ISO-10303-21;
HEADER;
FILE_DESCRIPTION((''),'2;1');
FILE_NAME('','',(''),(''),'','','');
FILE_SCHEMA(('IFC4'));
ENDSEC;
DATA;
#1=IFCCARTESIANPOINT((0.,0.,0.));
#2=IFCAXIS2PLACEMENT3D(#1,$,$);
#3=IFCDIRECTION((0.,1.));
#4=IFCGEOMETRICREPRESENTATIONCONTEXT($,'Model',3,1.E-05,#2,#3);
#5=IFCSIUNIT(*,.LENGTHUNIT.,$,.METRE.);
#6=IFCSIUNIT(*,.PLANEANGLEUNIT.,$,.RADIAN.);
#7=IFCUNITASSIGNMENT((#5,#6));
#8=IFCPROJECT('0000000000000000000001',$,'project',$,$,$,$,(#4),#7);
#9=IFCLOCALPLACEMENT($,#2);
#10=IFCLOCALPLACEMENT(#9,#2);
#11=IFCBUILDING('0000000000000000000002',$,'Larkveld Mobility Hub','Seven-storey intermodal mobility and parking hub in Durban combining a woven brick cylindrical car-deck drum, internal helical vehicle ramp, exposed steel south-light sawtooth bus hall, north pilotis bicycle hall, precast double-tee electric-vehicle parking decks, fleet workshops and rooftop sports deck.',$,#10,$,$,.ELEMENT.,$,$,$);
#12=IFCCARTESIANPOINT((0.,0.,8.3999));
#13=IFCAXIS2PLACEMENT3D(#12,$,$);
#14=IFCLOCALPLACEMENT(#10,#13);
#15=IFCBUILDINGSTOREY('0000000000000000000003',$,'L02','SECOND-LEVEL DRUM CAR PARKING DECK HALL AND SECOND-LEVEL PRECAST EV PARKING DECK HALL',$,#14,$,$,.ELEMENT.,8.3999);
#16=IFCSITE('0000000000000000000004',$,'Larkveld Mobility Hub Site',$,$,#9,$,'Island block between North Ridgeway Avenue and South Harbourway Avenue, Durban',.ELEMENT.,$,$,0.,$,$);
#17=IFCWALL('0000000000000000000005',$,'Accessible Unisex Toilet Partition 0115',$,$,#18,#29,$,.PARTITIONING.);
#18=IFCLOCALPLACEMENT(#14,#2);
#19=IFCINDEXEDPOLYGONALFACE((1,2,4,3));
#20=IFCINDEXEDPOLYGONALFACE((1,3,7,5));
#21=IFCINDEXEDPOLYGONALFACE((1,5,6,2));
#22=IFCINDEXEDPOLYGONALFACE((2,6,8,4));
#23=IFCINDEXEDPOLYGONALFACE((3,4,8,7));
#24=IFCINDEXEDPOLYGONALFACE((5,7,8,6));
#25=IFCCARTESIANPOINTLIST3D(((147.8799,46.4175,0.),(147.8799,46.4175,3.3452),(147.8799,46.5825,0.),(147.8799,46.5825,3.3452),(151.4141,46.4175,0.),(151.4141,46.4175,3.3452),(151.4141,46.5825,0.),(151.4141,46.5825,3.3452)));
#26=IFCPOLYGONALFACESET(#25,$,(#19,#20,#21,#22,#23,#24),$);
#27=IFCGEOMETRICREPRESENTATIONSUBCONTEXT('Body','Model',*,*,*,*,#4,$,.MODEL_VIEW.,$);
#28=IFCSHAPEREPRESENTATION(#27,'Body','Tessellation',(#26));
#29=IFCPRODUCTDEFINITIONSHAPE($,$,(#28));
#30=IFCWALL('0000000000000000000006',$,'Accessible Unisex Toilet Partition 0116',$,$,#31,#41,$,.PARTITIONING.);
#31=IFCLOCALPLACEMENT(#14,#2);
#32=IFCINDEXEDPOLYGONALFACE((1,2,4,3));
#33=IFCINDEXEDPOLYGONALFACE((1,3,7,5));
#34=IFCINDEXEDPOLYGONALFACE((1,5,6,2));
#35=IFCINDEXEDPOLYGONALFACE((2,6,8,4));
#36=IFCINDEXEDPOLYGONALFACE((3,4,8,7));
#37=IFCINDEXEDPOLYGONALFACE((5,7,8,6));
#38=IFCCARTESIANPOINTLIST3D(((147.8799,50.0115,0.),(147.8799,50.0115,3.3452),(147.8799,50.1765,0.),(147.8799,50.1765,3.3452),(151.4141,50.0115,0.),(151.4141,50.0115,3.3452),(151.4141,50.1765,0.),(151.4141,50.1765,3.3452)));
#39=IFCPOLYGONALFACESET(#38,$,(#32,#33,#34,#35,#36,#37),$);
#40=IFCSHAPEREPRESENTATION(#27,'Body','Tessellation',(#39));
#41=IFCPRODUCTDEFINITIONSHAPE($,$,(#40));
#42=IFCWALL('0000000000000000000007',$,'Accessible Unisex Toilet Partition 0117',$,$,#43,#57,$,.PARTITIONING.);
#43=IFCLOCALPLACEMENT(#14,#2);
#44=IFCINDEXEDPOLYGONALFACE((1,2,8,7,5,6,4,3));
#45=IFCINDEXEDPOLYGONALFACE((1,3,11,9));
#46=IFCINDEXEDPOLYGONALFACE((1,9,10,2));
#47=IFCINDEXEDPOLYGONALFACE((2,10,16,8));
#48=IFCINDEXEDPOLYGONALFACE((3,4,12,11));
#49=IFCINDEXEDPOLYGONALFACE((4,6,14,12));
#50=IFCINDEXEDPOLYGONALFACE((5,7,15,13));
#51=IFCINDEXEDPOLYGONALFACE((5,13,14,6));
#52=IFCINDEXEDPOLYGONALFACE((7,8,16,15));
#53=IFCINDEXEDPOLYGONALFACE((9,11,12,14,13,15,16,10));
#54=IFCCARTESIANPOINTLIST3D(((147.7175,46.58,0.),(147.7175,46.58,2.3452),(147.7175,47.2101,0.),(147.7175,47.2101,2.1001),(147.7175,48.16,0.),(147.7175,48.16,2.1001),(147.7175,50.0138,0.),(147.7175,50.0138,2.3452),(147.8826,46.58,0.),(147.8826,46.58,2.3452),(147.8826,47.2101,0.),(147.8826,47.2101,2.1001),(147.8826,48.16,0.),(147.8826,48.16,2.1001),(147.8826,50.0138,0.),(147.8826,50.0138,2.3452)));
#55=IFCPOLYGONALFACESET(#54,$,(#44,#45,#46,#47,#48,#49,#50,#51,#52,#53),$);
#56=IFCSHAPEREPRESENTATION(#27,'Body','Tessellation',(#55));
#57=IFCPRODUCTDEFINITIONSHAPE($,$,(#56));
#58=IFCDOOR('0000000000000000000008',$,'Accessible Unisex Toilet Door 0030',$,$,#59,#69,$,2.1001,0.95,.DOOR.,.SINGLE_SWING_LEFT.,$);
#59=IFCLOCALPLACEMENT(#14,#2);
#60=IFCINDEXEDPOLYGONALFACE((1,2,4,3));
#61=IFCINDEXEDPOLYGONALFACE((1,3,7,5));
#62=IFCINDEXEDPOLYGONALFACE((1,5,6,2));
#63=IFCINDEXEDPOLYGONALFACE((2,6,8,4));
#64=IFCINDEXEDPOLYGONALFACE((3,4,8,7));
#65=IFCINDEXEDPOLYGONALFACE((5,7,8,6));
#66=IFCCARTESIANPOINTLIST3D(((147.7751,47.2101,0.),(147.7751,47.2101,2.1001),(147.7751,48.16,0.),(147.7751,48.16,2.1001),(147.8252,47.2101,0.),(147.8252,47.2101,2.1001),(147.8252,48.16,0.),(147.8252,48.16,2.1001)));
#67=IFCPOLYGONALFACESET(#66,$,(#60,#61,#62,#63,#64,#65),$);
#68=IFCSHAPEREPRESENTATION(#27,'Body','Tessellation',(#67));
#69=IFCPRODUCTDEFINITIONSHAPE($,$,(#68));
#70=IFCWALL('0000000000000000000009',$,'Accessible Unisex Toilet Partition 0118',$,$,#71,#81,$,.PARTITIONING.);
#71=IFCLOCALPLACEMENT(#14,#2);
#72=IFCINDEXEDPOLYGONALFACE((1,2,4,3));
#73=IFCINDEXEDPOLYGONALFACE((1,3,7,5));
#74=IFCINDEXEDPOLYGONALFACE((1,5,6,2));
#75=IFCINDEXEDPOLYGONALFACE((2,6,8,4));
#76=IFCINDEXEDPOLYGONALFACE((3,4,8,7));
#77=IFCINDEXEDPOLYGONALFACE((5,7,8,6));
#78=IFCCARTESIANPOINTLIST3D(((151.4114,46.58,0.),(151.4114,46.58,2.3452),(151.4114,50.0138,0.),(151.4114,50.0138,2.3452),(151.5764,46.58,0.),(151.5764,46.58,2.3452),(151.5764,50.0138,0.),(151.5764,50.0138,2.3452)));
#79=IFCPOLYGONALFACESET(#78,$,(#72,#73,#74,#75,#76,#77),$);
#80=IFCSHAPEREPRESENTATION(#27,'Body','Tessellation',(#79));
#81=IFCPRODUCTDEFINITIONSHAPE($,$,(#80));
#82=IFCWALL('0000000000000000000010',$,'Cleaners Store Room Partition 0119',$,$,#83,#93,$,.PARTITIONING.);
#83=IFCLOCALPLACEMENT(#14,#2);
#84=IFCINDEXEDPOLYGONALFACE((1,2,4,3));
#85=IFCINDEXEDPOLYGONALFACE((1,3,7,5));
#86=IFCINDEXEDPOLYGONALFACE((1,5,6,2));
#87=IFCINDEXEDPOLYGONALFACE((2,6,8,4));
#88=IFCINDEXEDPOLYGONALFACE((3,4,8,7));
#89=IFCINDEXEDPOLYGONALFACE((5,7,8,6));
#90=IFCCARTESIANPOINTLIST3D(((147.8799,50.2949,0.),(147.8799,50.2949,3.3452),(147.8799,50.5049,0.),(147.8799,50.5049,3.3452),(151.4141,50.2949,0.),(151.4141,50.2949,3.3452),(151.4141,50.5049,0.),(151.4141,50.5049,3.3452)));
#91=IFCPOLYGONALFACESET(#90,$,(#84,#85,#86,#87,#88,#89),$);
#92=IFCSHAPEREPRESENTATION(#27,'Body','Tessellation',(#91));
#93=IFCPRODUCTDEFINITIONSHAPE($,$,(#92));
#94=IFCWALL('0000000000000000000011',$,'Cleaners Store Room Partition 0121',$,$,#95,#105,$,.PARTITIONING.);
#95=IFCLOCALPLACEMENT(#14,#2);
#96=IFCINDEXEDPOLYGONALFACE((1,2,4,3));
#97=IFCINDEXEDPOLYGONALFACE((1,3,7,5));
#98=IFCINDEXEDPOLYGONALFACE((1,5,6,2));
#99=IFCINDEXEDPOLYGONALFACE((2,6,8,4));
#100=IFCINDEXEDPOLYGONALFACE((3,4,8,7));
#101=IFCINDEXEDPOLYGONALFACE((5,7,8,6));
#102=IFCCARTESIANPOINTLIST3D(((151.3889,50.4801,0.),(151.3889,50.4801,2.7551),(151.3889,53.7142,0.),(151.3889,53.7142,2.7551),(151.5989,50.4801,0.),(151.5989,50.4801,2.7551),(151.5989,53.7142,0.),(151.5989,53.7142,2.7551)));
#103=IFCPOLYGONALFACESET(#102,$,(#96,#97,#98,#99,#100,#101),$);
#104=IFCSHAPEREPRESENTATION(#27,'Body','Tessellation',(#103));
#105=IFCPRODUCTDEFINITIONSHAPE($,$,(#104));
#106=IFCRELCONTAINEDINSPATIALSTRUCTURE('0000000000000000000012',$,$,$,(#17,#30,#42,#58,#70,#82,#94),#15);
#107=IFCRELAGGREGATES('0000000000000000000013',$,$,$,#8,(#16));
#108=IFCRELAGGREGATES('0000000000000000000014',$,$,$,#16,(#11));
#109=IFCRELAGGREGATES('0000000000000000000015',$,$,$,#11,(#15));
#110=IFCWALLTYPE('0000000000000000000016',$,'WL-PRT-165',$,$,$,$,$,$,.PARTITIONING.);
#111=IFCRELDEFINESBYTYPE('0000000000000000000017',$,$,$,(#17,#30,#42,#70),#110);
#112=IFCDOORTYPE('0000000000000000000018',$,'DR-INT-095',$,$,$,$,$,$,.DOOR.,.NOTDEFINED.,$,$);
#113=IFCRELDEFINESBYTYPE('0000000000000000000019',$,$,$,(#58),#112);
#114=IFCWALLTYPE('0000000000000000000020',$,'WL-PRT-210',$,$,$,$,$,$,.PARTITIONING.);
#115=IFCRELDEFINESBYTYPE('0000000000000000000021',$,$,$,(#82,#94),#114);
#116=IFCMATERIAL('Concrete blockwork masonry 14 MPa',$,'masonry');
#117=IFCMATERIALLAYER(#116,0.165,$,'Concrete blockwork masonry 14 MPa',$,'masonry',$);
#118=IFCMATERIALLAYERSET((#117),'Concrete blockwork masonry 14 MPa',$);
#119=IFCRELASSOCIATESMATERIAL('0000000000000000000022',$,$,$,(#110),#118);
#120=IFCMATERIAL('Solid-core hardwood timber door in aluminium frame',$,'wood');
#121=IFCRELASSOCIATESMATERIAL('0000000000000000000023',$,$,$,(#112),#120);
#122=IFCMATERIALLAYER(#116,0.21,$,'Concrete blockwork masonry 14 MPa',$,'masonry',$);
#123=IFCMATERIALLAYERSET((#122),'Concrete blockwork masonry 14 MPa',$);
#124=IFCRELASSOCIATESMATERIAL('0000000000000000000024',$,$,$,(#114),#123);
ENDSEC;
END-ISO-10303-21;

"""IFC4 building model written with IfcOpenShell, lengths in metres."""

from ifc_helpers import new_model, si_unit, direction, frame, frame_2d, origin, place, context, subcontext, project, spatial, rectangle, extrude, material, layer, layer_set, type_object, element, fill, save


model = new_model("IFC4")

# Units and contexts
model_context = context("Model", 3, precision=1e-05, world=origin(), true_north=direction((0.0, 1.0)))
body_context = subcontext(model_context, "Body", "Model", "MODEL_VIEW")
ifc_project = project(units=[si_unit("LENGTHUNIT", "METRE"), si_unit("PLANEANGLEUNIT", "RADIAN")], contexts=[model_context])

# Site, building, storey
site_placement = place(None, origin())
site = spatial("IfcSite", under=ifc_project, at=site_placement, Name="Larkveld Mobility Hub Site", LongName="Island block between North Ridgeway Avenue and South Harbourway Avenue, Durban", CompositionType="ELEMENT", RefElevation=0.0)
building_placement = place(site_placement, origin())
building = spatial("IfcBuilding", under=site, at=building_placement, Name="Larkveld Mobility Hub", Description="Seven-storey intermodal mobility and parking hub in Durban combining a woven brick cylindrical car-deck drum, internal helical vehicle ramp, exposed steel south-light sawtooth bus hall, north pilotis bicycle hall, precast double-tee electric-vehicle parking decks, fleet workshops and rooftop sports deck.", CompositionType="ELEMENT")
storey_placement = place(building_placement, frame((0.0, 0.0, 8.3999)))
storey = spatial("IfcBuildingStorey", under=building, at=storey_placement, Name="L02", Description="SECOND-LEVEL DRUM CAR PARKING DECK HALL AND SECOND-LEVEL PRECAST EV PARKING DECK HALL", CompositionType="ELEMENT", Elevation=8.3999)

# Walls
ifc_material_1 = material(Name="Concrete blockwork masonry 14 MPa", Category="masonry")
ifc_layer_1 = layer(ifc_material_1, 0.165, Name="Concrete blockwork masonry 14 MPa", Category="masonry")
ifc_layer_set_1 = layer_set([ifc_layer_1], Name="Concrete blockwork masonry 14 MPa")
wall_type_1 = type_object("IfcWallType", Name="WL-PRT-165", PredefinedType="PARTITIONING", material=ifc_layer_set_1)
for number, where, z_axis, x_axis, name in (
    (1, (147.8799, 46.5, 0.0), (0.0, 0.0, 1.0), (1.0, 0.0, 0.0), "Accessible Unisex Toilet Partition 0115"),
    (2, (147.8799, 50.094, 0.0), (0.0, 0.0, 1.0), (1.0, 0.0, 0.0), "Accessible Unisex Toilet Partition 0116"),
):
    element("IfcWall", number, at=place(storey_placement, frame(where, z_axis=z_axis, x_axis=x_axis)), inside=storey, type_object=wall_type_1, Name=name, PredefinedType="PARTITIONING", context=body_context, shape_type="SweptSolid", body=[
        extrude(rectangle(XDim=3.5342, YDim=0.165, at=frame_2d((1.7671, 0.0))), origin(), (0.0, 0.0, 1.0), 3.3452),
    ])

# Wall, opening, door
wall_1_placement = place(storey_placement, frame((147.8, 46.5801, 0.0), z_axis=(0.0, 0.0, 1.0), x_axis=(0.0, 1.0, 0.0)))
wall_1 = element("IfcWall", 3, at=wall_1_placement, inside=storey, type_object=wall_type_1, Name="Accessible Unisex Toilet Partition 0117", PredefinedType="PARTITIONING", context=body_context, shape_type="SweptSolid", body=[
    extrude(rectangle(XDim=3.4338, YDim=0.165, at=frame_2d((1.7168, 0.0))), origin(), (0.0, 0.0, 1.0), 2.3452),
])
opening_1_placement = place(wall_1_placement, frame((0.6299, 0.0, 0.0)))
opening_1 = element("IfcOpeningElement", 4, at=opening_1_placement, cuts=wall_1, PredefinedType="OPENING", context=body_context, shape_type="SweptSolid", body=[
    extrude(rectangle(XDim=0.95, YDim=2.1001, at=frame_2d((0.4751, 1.05))), frame((0.0, 0.0925, 0.0), z_axis=(0.0, -1.0, 0.0), x_axis=(1.0, 0.0, 0.0)), (0.0, 0.0, 1.0), 0.1851),
])
ifc_material_2 = material(Name="Solid-core hardwood timber door in aluminium frame", Category="wood")
door_type_1 = type_object("IfcDoorType", Name="DR-INT-095", OperationType="NOTDEFINED", PredefinedType="DOOR", material=ifc_material_2)
door_1_placement = place(opening_1_placement, origin())
door_1 = element("IfcDoor", 5, at=door_1_placement, inside=storey, type_object=door_type_1, Name="Accessible Unisex Toilet Door 0030", OperationType="SINGLE_SWING_LEFT", OverallHeight=2.1001, OverallWidth=0.95, PredefinedType="DOOR", context=body_context, shape_type="SweptSolid", body=[
    extrude(rectangle(XDim=0.95, YDim=2.1001, at=frame_2d((0.4751, 1.05))), frame((0.0, 0.0249, 0.0), z_axis=(0.0, -1.0, 0.0), x_axis=(1.0, 0.0, 0.0)), (0.0, 0.0, 1.0), 0.05),
])
fill(opening_1, door_1)

# Walls
wall_2_placement = place(storey_placement, frame((151.4939, 46.5801, 0.0), z_axis=(0.0, 0.0, 1.0), x_axis=(0.0, 1.0, 0.0)))
element("IfcWall", 6, at=wall_2_placement, inside=storey, type_object=wall_type_1, Name="Accessible Unisex Toilet Partition 0118", PredefinedType="PARTITIONING", context=body_context, shape_type="SweptSolid", body=[
    extrude(rectangle(XDim=3.4338, YDim=0.165, at=frame_2d((1.7168, 0.0))), origin(), (0.0, 0.0, 1.0), 2.3452),
])
ifc_layer_2 = layer(ifc_material_1, 0.21, Name="Concrete blockwork masonry 14 MPa", Category="masonry")
ifc_layer_set_2 = layer_set([ifc_layer_2], Name="Concrete blockwork masonry 14 MPa")
wall_type_2 = type_object("IfcWallType", Name="WL-PRT-210", PredefinedType="PARTITIONING", material=ifc_layer_set_2)
wall_3_placement = place(storey_placement, frame((147.8799, 50.3999, 0.0), z_axis=(0.0, 0.0, 1.0), x_axis=(1.0, 0.0, 0.0)))
element("IfcWall", 7, at=wall_3_placement, inside=storey, type_object=wall_type_2, Name="Cleaners Store Room Partition 0119", PredefinedType="PARTITIONING", context=body_context, shape_type="SweptSolid", body=[
    extrude(rectangle(XDim=3.5342, YDim=0.21, at=frame_2d((1.7671, 0.0))), origin(), (0.0, 0.0, 1.0), 3.3452),
])

# Wall
wall_4_placement = place(storey_placement, frame((151.4939, 50.48, 0.0), z_axis=(0.0, 0.0, 1.0), x_axis=(0.0, 1.0, 0.0)))
element("IfcWall", 8, at=wall_4_placement, inside=storey, type_object=wall_type_2, Name="Cleaners Store Room Partition 0121", PredefinedType="PARTITIONING", context=body_context, shape_type="SweptSolid", body=[
    extrude(rectangle(XDim=3.2341, YDim=0.21, at=frame_2d((1.6172, 0.0))), origin(), (0.0, 0.0, 1.0), 2.7551),
])

save(model, "model.ifc")
